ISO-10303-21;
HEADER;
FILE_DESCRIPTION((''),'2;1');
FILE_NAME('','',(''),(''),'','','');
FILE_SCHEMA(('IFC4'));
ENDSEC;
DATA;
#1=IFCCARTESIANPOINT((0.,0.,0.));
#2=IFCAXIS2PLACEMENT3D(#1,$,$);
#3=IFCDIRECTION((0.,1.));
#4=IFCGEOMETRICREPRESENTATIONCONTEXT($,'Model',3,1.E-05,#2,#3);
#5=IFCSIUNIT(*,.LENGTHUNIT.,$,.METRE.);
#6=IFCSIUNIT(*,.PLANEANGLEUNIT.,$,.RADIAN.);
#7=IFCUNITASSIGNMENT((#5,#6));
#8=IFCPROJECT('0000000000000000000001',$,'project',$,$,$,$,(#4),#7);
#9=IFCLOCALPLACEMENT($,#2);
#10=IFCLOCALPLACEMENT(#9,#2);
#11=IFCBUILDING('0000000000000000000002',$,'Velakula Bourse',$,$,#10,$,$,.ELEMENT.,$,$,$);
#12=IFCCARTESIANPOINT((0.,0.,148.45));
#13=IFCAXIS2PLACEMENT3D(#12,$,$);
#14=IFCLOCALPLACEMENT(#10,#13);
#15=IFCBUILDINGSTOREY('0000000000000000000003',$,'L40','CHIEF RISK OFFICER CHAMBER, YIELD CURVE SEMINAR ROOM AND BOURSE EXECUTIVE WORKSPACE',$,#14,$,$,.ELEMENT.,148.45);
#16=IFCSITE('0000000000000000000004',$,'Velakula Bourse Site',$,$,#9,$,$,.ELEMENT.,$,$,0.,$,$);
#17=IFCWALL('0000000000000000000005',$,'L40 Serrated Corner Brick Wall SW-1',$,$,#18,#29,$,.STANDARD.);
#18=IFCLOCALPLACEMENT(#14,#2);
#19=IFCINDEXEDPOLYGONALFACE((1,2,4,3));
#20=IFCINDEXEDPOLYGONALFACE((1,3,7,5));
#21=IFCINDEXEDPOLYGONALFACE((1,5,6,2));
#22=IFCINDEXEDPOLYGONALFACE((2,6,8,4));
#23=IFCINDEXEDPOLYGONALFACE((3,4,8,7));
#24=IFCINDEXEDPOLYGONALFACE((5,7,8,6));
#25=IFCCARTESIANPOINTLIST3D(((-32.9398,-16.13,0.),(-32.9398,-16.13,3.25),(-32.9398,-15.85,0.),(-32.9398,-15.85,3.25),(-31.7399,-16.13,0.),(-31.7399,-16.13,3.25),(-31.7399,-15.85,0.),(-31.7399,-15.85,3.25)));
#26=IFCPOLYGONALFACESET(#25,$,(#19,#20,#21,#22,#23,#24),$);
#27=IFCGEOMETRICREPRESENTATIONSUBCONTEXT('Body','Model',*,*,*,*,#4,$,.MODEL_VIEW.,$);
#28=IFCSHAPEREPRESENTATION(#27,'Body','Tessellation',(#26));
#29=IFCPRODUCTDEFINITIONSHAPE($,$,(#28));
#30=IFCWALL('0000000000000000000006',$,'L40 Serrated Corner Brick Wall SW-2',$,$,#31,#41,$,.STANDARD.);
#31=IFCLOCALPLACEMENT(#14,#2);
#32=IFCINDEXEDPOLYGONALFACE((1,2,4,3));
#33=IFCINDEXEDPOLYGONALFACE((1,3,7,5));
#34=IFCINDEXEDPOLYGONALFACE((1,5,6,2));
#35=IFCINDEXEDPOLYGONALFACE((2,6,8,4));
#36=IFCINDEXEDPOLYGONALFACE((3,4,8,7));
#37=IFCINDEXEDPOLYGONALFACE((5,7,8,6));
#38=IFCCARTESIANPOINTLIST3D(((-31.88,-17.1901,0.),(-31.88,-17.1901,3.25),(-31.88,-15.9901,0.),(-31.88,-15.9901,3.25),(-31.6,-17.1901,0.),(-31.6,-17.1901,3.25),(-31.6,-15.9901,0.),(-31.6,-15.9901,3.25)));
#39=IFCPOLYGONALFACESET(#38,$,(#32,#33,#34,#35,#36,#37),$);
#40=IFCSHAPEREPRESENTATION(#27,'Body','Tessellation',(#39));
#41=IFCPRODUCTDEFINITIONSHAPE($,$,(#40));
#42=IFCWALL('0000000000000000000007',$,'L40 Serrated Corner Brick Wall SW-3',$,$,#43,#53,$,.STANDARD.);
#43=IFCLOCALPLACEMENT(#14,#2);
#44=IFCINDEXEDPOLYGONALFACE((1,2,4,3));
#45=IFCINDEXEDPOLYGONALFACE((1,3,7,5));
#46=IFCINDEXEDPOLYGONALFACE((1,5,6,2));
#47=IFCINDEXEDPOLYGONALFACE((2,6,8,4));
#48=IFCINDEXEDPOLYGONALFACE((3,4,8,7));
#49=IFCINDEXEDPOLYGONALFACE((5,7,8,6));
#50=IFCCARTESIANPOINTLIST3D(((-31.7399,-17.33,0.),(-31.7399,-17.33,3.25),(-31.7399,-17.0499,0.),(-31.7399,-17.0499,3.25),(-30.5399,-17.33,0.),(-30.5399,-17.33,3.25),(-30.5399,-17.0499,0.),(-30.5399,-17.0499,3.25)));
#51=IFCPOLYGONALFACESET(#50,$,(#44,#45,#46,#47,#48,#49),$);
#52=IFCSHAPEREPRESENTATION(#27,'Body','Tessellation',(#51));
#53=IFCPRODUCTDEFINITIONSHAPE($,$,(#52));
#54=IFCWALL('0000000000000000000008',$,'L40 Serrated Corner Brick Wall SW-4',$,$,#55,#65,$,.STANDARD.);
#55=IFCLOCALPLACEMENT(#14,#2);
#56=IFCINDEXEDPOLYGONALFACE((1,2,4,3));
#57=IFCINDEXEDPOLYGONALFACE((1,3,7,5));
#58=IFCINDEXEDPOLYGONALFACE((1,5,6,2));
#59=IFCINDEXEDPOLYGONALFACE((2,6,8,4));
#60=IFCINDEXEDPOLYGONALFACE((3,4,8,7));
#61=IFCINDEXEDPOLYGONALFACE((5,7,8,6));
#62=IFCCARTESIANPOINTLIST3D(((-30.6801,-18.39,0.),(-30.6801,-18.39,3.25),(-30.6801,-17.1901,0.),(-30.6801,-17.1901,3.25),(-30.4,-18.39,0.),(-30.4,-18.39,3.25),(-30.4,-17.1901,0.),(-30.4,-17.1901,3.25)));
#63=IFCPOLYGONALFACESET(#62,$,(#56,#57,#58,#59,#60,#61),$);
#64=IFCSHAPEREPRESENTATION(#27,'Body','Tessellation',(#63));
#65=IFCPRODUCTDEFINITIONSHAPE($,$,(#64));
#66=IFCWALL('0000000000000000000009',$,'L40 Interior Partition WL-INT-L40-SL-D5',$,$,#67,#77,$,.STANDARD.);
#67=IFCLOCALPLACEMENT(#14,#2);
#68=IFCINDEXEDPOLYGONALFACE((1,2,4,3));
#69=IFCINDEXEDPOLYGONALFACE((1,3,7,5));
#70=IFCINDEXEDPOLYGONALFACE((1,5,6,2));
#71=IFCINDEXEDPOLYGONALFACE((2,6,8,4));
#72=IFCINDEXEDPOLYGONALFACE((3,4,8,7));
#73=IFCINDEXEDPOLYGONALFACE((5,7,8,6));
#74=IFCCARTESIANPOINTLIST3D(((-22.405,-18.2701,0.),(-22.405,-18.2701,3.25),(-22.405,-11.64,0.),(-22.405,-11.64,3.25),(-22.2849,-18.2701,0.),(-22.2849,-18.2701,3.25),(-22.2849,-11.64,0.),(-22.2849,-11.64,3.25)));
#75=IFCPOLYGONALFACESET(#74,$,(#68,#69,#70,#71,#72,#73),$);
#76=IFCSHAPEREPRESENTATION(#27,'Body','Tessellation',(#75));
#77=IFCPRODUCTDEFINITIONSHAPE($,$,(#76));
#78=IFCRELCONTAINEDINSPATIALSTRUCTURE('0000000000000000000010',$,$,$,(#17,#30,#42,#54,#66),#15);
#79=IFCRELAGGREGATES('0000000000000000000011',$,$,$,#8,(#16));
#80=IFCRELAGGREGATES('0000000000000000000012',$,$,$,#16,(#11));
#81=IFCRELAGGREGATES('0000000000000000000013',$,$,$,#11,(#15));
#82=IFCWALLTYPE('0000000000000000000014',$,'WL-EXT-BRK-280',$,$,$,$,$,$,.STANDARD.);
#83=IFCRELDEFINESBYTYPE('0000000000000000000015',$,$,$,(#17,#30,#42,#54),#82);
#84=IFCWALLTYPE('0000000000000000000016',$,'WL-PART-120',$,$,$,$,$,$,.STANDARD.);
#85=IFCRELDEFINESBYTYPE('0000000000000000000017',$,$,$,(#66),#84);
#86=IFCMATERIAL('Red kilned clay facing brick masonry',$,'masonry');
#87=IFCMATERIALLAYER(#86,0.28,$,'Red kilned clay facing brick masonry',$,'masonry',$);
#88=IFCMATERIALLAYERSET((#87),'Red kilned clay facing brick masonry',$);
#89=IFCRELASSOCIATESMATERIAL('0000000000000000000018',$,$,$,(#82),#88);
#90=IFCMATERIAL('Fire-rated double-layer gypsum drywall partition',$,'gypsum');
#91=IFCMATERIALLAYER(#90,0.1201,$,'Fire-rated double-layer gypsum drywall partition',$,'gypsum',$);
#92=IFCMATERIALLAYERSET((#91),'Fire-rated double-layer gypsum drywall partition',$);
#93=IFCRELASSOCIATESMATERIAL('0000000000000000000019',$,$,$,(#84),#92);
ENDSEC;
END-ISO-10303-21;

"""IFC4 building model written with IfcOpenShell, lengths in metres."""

from ifc_helpers import new_model, si_unit, direction, frame, frame_2d, origin, place, context, subcontext, project, spatial, rectangle, extrude, material, layer, layer_set, type_object, element, save


model = new_model("IFC4")

# Units and contexts
model_context = context("Model", 3, precision=1e-05, world=origin(), true_north=direction((0.0, 1.0)))
body_context = subcontext(model_context, "Body", "Model", "MODEL_VIEW")
ifc_project = project(units=[si_unit("LENGTHUNIT", "METRE"), si_unit("PLANEANGLEUNIT", "RADIAN")], contexts=[model_context])

# Site, building, storey
site_placement = place(None, origin())
site = spatial("IfcSite", under=ifc_project, at=site_placement, Name="Velakula Bourse Site", CompositionType="ELEMENT", RefElevation=0.0)
building_placement = place(site_placement, origin())
building = spatial("IfcBuilding", under=site, at=building_placement, Name="Velakula Bourse", CompositionType="ELEMENT")
storey_placement = place(building_placement, frame((0.0, 0.0, 148.45)))
storey = spatial("IfcBuildingStorey", under=building, at=storey_placement, Name="L40", Description="CHIEF RISK OFFICER CHAMBER, YIELD CURVE SEMINAR ROOM AND BOURSE EXECUTIVE WORKSPACE", CompositionType="ELEMENT", Elevation=148.45)

# Shared definitions
ifc_material_1 = material(Name="Red kilned clay facing brick masonry", Category="masonry")
ifc_layer_1 = layer(ifc_material_1, 0.28, Name="Red kilned clay facing brick masonry", Category="masonry")
ifc_layer_set_1 = layer_set([ifc_layer_1], Name="Red kilned clay facing brick masonry")
wall_type_1 = type_object("IfcWallType", Name="WL-EXT-BRK-280", PredefinedType="STANDARD", material=ifc_layer_set_1)

# Walls
for number, where, z_axis, x_axis, name in (
    (1, (-32.9399, -15.99, 0.0), (0.0, 0.0, 1.0), (1.0, 0.0, 0.0), "L40 Serrated Corner Brick Wall SW-1"),
    (2, (-31.74, -15.99, 0.0), (0.0, 0.0, 1.0), (0.0, -1.0, 0.0), "L40 Serrated Corner Brick Wall SW-2"),
    (3, (-31.74, -17.1899, 0.0), (0.0, 0.0, 1.0), (1.0, 0.0, 0.0), "L40 Serrated Corner Brick Wall SW-3"),
    (4, (-30.54, -17.1899, 0.0), (0.0, 0.0, 1.0), (0.0, -1.0, 0.0), "L40 Serrated Corner Brick Wall SW-4"),
):
    element("IfcWall", number, at=place(storey_placement, frame(where, z_axis=z_axis, x_axis=x_axis)), inside=storey, type_object=wall_type_1, Name=name, PredefinedType="STANDARD", context=body_context, shape_type="SweptSolid", body=[
        extrude(rectangle(XDim=1.2, YDim=0.28, at=frame_2d((0.6001, 0.0))), origin(), (0.0, 0.0, 1.0), 3.25),
    ])
ifc_material_2 = material(Name="Fire-rated double-layer gypsum drywall partition", Category="gypsum")
ifc_layer_2 = layer(ifc_material_2, 0.1201, Name="Fire-rated double-layer gypsum drywall partition", Category="gypsum")
ifc_layer_set_2 = layer_set([ifc_layer_2], Name="Fire-rated double-layer gypsum drywall partition")
wall_type_2 = type_object("IfcWallType", Name="WL-PART-120", PredefinedType="STANDARD", material=ifc_layer_set_2)
wall_1_placement = place(storey_placement, frame((-22.345, -18.27, 0.0), z_axis=(0.0, 0.0, 1.0), x_axis=(0.0, 1.0, 0.0)))
element("IfcWall", 5, at=wall_1_placement, inside=storey, type_object=wall_type_2, Name="L40 Interior Partition WL-INT-L40-SL-D5", PredefinedType="STANDARD", context=body_context, shape_type="SweptSolid", body=[
    extrude(rectangle(XDim=6.6301, YDim=0.1201, at=frame_2d((3.3149, 0.0))), origin(), (0.0, 0.0, 1.0), 3.25),
])

save(model, "model.ifc")
